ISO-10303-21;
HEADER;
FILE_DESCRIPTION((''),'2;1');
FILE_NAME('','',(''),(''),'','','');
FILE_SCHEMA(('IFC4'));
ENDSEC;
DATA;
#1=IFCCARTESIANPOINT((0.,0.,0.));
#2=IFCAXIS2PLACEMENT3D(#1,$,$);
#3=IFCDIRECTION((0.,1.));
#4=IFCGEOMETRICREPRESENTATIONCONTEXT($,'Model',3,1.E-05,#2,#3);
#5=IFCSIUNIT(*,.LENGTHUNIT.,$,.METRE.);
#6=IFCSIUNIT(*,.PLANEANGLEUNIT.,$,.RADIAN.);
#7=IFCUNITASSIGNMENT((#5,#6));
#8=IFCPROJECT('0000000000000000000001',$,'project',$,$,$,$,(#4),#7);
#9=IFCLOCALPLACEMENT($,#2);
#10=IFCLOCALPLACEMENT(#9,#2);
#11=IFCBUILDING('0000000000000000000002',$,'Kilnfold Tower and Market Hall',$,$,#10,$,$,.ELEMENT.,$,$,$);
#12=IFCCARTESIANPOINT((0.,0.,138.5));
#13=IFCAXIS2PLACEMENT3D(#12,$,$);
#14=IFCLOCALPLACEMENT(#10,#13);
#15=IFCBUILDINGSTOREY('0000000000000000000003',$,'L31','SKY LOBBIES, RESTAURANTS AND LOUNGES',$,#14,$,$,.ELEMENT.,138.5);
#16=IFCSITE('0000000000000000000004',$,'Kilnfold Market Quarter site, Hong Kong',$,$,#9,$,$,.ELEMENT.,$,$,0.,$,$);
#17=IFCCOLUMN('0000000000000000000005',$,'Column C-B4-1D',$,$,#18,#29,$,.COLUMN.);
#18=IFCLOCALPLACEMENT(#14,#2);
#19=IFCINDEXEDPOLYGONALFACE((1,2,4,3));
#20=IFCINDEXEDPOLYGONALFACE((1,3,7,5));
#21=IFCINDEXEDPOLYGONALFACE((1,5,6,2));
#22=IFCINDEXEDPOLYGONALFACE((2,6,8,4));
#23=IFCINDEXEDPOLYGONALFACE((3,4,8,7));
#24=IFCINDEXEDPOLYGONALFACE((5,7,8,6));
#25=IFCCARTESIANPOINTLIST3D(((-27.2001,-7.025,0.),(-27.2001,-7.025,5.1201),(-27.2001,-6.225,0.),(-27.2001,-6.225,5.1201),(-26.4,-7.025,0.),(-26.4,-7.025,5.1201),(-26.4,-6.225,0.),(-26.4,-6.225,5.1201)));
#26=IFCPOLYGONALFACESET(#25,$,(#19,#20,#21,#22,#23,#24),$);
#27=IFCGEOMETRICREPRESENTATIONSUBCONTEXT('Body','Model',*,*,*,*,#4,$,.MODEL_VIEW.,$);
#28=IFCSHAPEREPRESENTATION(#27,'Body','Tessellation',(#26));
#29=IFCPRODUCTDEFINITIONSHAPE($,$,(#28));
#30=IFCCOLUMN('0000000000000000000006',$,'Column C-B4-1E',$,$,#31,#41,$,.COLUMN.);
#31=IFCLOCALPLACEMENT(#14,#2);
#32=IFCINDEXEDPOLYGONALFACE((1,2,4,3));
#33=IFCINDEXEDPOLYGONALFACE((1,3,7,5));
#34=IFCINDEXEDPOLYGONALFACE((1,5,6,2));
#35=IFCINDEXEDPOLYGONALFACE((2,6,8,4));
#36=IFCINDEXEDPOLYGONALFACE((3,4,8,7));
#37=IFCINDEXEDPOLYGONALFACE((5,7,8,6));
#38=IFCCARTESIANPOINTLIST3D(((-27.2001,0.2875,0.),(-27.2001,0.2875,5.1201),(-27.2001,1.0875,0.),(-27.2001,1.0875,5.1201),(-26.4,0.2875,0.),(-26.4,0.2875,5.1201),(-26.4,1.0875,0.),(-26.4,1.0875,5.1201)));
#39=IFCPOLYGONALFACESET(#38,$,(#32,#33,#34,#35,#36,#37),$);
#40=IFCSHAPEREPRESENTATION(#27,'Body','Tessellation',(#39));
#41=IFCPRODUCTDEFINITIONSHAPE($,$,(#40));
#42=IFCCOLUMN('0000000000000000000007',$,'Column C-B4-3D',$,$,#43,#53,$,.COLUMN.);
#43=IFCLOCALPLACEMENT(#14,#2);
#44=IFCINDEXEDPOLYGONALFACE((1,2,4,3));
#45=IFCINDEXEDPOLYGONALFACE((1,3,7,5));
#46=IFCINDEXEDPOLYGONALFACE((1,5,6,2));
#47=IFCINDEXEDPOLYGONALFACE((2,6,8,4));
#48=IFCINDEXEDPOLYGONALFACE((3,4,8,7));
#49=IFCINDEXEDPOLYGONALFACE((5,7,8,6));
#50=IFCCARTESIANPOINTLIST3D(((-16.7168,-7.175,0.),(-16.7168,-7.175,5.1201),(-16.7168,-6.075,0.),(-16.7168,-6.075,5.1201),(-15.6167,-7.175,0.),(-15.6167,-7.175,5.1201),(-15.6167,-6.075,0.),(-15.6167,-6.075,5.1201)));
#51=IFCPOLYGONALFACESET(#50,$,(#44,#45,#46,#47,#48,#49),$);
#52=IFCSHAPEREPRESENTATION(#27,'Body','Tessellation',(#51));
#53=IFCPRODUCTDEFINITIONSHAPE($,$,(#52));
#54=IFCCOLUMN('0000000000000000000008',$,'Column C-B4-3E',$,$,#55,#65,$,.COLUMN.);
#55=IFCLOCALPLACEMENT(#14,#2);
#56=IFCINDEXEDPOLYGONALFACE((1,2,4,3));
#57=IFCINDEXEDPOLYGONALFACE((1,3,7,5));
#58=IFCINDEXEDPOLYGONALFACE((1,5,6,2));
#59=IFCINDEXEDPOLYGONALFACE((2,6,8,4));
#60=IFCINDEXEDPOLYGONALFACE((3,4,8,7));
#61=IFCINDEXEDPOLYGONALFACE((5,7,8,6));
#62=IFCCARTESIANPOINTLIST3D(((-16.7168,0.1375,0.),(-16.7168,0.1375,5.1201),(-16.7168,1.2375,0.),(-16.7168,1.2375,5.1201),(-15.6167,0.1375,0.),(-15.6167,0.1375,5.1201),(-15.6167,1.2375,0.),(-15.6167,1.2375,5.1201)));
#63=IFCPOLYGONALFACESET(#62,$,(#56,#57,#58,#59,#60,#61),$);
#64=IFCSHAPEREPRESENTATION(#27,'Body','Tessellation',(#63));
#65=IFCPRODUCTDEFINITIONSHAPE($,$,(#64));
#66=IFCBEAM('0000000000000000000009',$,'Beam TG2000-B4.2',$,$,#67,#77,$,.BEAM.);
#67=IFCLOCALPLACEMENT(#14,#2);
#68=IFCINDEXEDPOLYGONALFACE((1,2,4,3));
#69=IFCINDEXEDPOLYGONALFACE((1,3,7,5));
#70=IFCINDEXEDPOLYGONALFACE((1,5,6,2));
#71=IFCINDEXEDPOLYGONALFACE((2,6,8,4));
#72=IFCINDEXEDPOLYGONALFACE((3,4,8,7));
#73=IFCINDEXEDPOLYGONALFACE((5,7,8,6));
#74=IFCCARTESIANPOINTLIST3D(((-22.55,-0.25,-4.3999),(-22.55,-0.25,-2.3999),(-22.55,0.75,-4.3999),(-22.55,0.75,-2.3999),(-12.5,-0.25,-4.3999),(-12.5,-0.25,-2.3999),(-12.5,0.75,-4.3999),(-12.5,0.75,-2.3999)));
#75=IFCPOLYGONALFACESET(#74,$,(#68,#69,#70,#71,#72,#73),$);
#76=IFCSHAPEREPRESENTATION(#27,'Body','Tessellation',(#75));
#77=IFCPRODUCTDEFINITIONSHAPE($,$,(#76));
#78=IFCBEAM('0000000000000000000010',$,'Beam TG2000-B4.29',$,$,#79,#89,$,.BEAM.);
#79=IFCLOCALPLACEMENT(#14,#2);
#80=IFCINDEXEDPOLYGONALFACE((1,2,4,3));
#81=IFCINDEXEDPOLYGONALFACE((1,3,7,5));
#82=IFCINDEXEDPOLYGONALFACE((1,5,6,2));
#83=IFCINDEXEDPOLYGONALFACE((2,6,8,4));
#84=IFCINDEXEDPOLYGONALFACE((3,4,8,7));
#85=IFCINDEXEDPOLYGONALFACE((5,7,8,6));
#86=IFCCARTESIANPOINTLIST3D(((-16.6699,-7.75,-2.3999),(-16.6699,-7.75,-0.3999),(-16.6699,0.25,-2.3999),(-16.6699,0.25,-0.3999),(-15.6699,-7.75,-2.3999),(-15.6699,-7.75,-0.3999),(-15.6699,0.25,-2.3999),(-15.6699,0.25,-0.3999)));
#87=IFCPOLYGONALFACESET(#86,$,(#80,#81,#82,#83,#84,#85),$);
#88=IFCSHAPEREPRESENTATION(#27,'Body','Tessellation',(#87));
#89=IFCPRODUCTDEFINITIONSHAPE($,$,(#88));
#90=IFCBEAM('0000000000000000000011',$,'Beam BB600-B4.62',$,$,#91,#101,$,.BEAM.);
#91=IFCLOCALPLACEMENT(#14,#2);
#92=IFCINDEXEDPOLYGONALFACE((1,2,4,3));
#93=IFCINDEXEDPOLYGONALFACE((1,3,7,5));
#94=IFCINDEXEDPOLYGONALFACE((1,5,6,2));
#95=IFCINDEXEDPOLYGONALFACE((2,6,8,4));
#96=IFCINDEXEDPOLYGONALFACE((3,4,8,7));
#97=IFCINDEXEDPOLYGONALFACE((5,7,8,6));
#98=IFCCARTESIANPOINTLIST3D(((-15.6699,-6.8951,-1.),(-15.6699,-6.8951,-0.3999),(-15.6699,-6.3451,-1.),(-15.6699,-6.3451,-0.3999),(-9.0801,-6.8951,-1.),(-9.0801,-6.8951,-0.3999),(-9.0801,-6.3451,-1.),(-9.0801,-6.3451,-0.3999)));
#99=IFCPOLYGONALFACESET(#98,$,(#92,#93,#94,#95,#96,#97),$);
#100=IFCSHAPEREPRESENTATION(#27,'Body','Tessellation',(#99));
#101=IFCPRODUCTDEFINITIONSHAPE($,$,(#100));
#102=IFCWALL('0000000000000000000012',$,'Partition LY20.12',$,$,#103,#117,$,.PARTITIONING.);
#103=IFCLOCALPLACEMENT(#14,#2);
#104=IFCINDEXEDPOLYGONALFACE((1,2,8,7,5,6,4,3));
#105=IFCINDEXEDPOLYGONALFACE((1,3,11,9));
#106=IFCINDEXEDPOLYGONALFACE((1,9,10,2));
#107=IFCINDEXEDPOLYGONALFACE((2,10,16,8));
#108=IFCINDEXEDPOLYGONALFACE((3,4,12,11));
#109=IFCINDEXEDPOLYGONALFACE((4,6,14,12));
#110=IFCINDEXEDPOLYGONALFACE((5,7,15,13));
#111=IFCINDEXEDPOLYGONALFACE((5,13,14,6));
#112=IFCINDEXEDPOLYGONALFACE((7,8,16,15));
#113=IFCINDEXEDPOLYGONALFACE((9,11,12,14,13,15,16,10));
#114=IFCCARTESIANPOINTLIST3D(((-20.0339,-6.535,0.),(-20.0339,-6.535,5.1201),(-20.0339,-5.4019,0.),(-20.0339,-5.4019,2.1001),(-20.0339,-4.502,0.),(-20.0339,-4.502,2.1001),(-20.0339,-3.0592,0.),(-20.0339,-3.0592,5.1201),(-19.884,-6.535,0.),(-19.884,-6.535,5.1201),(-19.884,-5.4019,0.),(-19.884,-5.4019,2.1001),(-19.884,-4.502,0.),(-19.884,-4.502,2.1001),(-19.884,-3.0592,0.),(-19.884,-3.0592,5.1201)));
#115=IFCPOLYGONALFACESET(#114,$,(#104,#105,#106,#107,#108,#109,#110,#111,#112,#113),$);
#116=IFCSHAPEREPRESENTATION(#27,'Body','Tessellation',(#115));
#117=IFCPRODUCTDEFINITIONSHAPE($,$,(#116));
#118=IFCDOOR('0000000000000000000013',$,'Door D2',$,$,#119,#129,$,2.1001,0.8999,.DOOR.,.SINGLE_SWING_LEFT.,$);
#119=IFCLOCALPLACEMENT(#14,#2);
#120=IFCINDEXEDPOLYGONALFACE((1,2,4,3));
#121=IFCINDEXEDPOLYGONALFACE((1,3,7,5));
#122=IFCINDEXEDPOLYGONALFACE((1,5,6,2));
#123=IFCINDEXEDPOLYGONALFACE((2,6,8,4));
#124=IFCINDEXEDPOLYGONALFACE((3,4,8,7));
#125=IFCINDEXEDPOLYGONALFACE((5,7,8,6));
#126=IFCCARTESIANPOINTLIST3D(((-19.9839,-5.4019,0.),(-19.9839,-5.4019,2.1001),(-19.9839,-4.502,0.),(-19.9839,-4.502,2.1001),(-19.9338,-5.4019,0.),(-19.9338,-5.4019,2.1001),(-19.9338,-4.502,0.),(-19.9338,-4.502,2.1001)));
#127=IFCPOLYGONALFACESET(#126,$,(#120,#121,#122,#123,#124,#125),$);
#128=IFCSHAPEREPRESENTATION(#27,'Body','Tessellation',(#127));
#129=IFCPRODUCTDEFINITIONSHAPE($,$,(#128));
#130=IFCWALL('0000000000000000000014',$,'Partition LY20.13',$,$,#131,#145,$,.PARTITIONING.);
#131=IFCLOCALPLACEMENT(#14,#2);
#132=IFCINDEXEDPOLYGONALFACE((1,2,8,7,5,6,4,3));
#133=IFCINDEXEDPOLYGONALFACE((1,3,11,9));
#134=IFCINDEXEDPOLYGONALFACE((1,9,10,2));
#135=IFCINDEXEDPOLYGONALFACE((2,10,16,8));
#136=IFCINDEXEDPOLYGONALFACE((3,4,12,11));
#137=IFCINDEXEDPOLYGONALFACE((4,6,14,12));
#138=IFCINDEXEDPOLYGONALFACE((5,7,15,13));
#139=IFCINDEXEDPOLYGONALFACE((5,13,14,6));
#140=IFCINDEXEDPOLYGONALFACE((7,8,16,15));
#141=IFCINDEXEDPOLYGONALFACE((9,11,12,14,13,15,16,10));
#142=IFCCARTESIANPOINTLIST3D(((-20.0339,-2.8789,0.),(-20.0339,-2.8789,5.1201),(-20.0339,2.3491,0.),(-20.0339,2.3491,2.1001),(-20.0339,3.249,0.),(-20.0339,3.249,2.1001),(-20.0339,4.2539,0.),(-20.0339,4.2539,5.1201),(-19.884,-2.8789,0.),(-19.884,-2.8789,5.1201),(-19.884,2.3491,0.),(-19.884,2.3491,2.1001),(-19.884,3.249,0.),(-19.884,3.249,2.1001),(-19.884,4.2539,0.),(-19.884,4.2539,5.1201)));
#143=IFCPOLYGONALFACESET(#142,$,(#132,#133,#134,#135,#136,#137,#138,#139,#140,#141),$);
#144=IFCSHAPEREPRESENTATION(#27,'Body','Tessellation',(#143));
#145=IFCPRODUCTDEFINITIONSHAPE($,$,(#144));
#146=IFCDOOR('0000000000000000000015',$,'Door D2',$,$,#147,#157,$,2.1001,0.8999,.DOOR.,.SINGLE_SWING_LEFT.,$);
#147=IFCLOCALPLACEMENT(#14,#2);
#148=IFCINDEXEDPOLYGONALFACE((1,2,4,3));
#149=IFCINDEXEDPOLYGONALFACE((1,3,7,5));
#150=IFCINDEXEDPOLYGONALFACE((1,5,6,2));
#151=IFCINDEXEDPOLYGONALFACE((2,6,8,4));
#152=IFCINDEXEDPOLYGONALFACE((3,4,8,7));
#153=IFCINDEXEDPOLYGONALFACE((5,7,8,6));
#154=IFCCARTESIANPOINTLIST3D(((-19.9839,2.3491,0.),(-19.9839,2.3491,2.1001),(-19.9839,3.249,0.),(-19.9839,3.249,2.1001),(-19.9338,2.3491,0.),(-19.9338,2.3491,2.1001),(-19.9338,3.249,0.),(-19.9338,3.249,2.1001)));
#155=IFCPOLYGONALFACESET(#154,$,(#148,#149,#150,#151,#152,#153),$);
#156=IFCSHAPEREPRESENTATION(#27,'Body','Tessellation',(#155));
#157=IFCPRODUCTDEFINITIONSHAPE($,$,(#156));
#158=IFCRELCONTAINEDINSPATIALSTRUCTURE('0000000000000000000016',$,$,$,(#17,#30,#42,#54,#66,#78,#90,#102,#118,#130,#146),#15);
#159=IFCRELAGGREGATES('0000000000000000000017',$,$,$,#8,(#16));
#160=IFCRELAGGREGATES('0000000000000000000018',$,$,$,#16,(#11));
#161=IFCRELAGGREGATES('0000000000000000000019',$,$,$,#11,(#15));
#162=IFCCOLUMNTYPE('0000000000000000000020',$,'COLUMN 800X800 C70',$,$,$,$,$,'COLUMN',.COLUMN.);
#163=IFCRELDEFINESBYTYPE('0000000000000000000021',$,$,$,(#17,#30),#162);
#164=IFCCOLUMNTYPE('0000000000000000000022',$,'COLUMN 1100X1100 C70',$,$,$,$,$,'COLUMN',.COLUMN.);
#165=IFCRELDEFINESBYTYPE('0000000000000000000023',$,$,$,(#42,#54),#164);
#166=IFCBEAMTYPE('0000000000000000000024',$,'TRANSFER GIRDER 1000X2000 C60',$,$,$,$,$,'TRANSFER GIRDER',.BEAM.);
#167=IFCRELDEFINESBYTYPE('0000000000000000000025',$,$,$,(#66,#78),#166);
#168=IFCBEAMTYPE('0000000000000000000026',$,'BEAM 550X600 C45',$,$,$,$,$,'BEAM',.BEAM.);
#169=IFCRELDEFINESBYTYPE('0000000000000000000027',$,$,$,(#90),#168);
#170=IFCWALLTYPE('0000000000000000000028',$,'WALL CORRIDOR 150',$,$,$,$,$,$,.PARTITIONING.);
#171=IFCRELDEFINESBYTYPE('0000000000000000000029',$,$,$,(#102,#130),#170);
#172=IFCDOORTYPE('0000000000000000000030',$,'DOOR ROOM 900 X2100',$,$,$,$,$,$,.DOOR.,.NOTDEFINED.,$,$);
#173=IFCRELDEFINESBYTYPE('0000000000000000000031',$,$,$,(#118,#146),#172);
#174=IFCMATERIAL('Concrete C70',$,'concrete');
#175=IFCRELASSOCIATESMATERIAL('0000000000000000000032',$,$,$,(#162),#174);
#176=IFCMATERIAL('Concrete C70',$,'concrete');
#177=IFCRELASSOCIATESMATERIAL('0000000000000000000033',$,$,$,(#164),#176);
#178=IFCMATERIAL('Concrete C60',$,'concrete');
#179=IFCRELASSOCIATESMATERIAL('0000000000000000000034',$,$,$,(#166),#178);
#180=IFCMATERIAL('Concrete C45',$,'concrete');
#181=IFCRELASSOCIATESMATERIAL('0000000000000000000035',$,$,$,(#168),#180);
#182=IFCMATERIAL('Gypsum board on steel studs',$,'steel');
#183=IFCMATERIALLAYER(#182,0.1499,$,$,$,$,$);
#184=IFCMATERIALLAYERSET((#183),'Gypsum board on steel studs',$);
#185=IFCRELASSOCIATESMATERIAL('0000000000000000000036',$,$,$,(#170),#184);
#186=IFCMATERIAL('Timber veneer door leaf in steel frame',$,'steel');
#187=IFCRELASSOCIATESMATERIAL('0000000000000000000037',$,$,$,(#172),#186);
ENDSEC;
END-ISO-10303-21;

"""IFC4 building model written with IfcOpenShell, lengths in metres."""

from ifc_helpers import new_model, si_unit, direction, frame, frame_2d, origin, origin_2d, place, context, subcontext, project, spatial, rectangle, extrude, source, transform, mapped, material, layer, layer_set, material_profile, profile_set, type_object, element, fill, save


model = new_model("IFC4")

# Units and contexts
model_context = context("Model", 3, precision=1e-05, world=origin(), true_north=direction((0.0, 1.0)))
body_context = subcontext(model_context, "Body", "Model", "MODEL_VIEW")
ifc_project = project(units=[si_unit("LENGTHUNIT", "METRE"), si_unit("PLANEANGLEUNIT", "RADIAN")], contexts=[model_context])

# Site, building, storey
site_placement = place(None, origin())
site = spatial("IfcSite", under=ifc_project, at=site_placement, Name="Kilnfold Market Quarter site, Hong Kong", CompositionType="ELEMENT", RefElevation=0.0)
building_placement = place(site_placement, origin())
building = spatial("IfcBuilding", under=site, at=building_placement, Name="Kilnfold Tower and Market Hall", CompositionType="ELEMENT")
storey_placement = place(building_placement, frame((0.0, 0.0, 138.5)))
storey = spatial("IfcBuildingStorey", under=building, at=storey_placement, Name="L31", Description="SKY LOBBIES, RESTAURANTS AND LOUNGES", CompositionType="ELEMENT", Elevation=138.5)

# Columns
ifc_material_1 = material(Name="Concrete C70", Category="concrete")
ifc_material_profile_1 = material_profile(ifc_material_1, rectangle(XDim=0.8, YDim=0.8, at=origin_2d()), Name="RC 800x800")
ifc_profile_set_1 = profile_set([ifc_material_profile_1], Name="Concrete C70")
column_type_1 = type_object("IfcColumnType", Name="COLUMN 800X800 C70", ElementType="COLUMN", PredefinedType="COLUMN", material=ifc_profile_set_1)
shared_shape_1 = source(origin(), body_context, "Body", "SweptSolid", [
    extrude(rectangle(XDim=0.8, YDim=0.8, at=origin_2d()), origin(), (0.0, 0.0, 1.0), 5.1201),
])
for number, where, z_axis, x_axis, name in (
    (1, (-26.8, -6.625, 0.0), (0.0, 0.0, 1.0), (1.0, 0.0, 0.0), "Column C-B4-1D"),
    (2, (-26.8, 0.6875, 0.0), (0.0, 0.0, 1.0), (1.0, 0.0, 0.0), "Column C-B4-1E"),
):
    element("IfcColumn", number, at=place(storey_placement, frame(where, z_axis=z_axis, x_axis=x_axis)), inside=storey, type_object=column_type_1, Name=name, PredefinedType="COLUMN", context=body_context, shape_type="MappedRepresentation", body=[
        mapped(shared_shape_1, transform((0.0, 0.0, 0.0))),
    ])
ifc_material_2 = material(Name="Concrete C70", Category="concrete")
ifc_material_profile_2 = material_profile(ifc_material_2, rectangle(XDim=1.1001, YDim=1.1001, at=origin_2d()), Name="RC 1100x1100")
ifc_profile_set_2 = profile_set([ifc_material_profile_2], Name="Concrete C70")
column_type_2 = type_object("IfcColumnType", Name="COLUMN 1100X1100 C70", ElementType="COLUMN", PredefinedType="COLUMN", material=ifc_profile_set_2)
shared_shape_2 = source(origin(), body_context, "Body", "SweptSolid", [
    extrude(rectangle(XDim=1.1001, YDim=1.1001, at=origin_2d()), origin(), (0.0, 0.0, 1.0), 5.1201),
])
for number, where, z_axis, x_axis, name in (
    (3, (-16.1667, -6.625, 0.0), (0.0, 0.0, 1.0), (1.0, 0.0, 0.0), "Column C-B4-3D"),
    (4, (-16.1667, 0.6875, 0.0), (0.0, 0.0, 1.0), (1.0, 0.0, 0.0), "Column C-B4-3E"),
):
    element("IfcColumn", number, at=place(storey_placement, frame(where, z_axis=z_axis, x_axis=x_axis)), inside=storey, type_object=column_type_2, Name=name, PredefinedType="COLUMN", context=body_context, shape_type="MappedRepresentation", body=[
        mapped(shared_shape_2, transform((0.0, 0.0, 0.0))),
    ])

# Beams
ifc_material_3 = material(Name="Concrete C60", Category="concrete")
ifc_material_profile_3 = material_profile(ifc_material_3, rectangle(XDim=1.0, YDim=2.0, at=origin_2d()), Name="RC 1000x2000")
ifc_profile_set_3 = profile_set([ifc_material_profile_3], Name="Concrete C60")
beam_type_1 = type_object("IfcBeamType", Name="TRANSFER GIRDER 1000X2000 C60", ElementType="TRANSFER GIRDER", PredefinedType="BEAM", material=ifc_profile_set_3)
shared_shape_3 = source(origin(), body_context, "Body", "SweptSolid", [
    extrude(rectangle(XDim=1.0, YDim=2.0, at=origin_2d()), origin(), (0.0, 0.0, 1.0), 10.05),
])
beam_1_placement = place(storey_placement, frame((-22.55, 0.25, -3.3999), z_axis=(1.0, 0.0, 0.0), x_axis=(0.0, 1.0, 0.0)))
element("IfcBeam", 5, at=beam_1_placement, inside=storey, type_object=beam_type_1, Name="Beam TG2000-B4.2", PredefinedType="BEAM", context=body_context, shape_type="MappedRepresentation", body=[
    mapped(shared_shape_3, transform((0.0, 0.0, 0.0))),
])
shared_shape_4 = source(origin(), body_context, "Body", "SweptSolid", [
    extrude(rectangle(XDim=1.0, YDim=2.0, at=origin_2d()), origin(), (0.0, 0.0, 1.0), 8.0),
])
beam_2_placement = place(storey_placement, frame((-16.1699, -7.75, -1.3999), z_axis=(0.0, 1.0, 0.0), x_axis=(-1.0, 0.0, 0.0)))
element("IfcBeam", 6, at=beam_2_placement, inside=storey, type_object=beam_type_1, Name="Beam TG2000-B4.29", PredefinedType="BEAM", context=body_context, shape_type="MappedRepresentation", body=[
    mapped(shared_shape_4, transform((0.0, 0.0, 0.0))),
])
ifc_material_4 = material(Name="Concrete C45", Category="concrete")
ifc_material_profile_4 = material_profile(ifc_material_4, rectangle(XDim=0.55, YDim=0.6001, at=origin_2d()), Name="RC 550x600")
ifc_profile_set_4 = profile_set([ifc_material_profile_4], Name="Concrete C45")
beam_type_2 = type_object("IfcBeamType", Name="BEAM 550X600 C45", ElementType="BEAM", PredefinedType="BEAM", material=ifc_profile_set_4)
shared_shape_5 = source(origin(), body_context, "Body", "SweptSolid", [
    extrude(rectangle(XDim=0.55, YDim=0.6001, at=origin_2d()), origin(), (0.0, 0.0, 1.0), 6.5898),
])
beam_3_placement = place(storey_placement, frame((-15.6699, -6.6201, -0.7), z_axis=(1.0, 0.0, 0.0), x_axis=(0.0, 1.0, 0.0)))
element("IfcBeam", 7, at=beam_3_placement, inside=storey, type_object=beam_type_2, Name="Beam BB600-B4.62", PredefinedType="BEAM", context=body_context, shape_type="MappedRepresentation", body=[
    mapped(shared_shape_5, transform((0.0, 0.0, 0.0))),
])

# Shared definitions
ifc_material_5 = material(Name="Gypsum board on steel studs", Category="steel")
ifc_layer_1 = layer(ifc_material_5, 0.1499)
ifc_layer_set_1 = layer_set([ifc_layer_1], Name="Gypsum board on steel studs")
wall_type_1 = type_object("IfcWallType", Name="WALL CORRIDOR 150", PredefinedType="PARTITIONING", material=ifc_layer_set_1)

# Walls, openings, doors
wall_1_placement = place(storey_placement, frame((-19.959, -6.5349, 0.0), z_axis=(0.0, 0.0, 1.0), x_axis=(0.0, 1.0, 0.0)))
wall_1 = element("IfcWall", 8, at=wall_1_placement, inside=storey, type_object=wall_type_1, Name="Partition LY20.12", PredefinedType="PARTITIONING", context=body_context, shape_type="SweptSolid", body=[
    extrude(rectangle(XDim=3.4758, YDim=0.1499, at=frame_2d((1.7378, 0.0))), origin(), (0.0, 0.0, 1.0), 5.1201),
])
opening_1_placement = place(wall_1_placement, frame((1.1331, 0.0, 0.0)))
opening_1 = element("IfcOpeningElement", 9, at=opening_1_placement, cuts=wall_1, PredefinedType="OPENING", context=body_context, shape_type="SweptSolid", body=[
    extrude(rectangle(XDim=0.8999, YDim=2.1001, at=frame_2d((0.45, 1.05))), frame((0.0, 0.085, 0.0), z_axis=(0.0, -1.0, 0.0), x_axis=(1.0, 0.0, 0.0)), (0.0, 0.0, 1.0), 0.1699),
])
ifc_material_6 = material(Name="Timber veneer door leaf in steel frame", Category="steel")
door_type_1 = type_object("IfcDoorType", Name="DOOR ROOM 900 X2100", OperationType="NOTDEFINED", PredefinedType="DOOR", material=ifc_material_6)
door_1_placement = place(opening_1_placement, origin())
door_1 = element("IfcDoor", 10, at=door_1_placement, inside=storey, type_object=door_type_1, Name="Door D2", OperationType="SINGLE_SWING_LEFT", OverallHeight=2.1001, OverallWidth=0.8999, PredefinedType="DOOR", context=body_context, shape_type="SweptSolid", body=[
    extrude(rectangle(XDim=0.8999, YDim=2.1001, at=frame_2d((0.45, 1.05))), frame((0.0, 0.0249, 0.0), z_axis=(0.0, -1.0, 0.0), x_axis=(1.0, 0.0, 0.0)), (0.0, 0.0, 1.0), 0.05),
])
fill(opening_1, door_1)
wall_2_placement = place(storey_placement, frame((-19.959, -2.8789, 0.0), z_axis=(0.0, 0.0, 1.0), x_axis=(0.0, 1.0, 0.0)))
wall_2 = element("IfcWall", 11, at=wall_2_placement, inside=storey, type_object=wall_type_1, Name="Partition LY20.13", PredefinedType="PARTITIONING", context=body_context, shape_type="SweptSolid", body=[
    extrude(rectangle(XDim=7.1328, YDim=0.1499, at=frame_2d((3.5664, 0.0))), origin(), (0.0, 0.0, 1.0), 5.1201),
])
opening_2_placement = place(wall_2_placement, frame((5.228, 0.0, 0.0)))
opening_2 = element("IfcOpeningElement", 12, at=opening_2_placement, cuts=wall_2, PredefinedType="OPENING", context=body_context, shape_type="SweptSolid", body=[
    extrude(rectangle(XDim=0.8999, YDim=2.1001, at=frame_2d((0.45, 1.05))), frame((0.0, 0.085, 0.0), z_axis=(0.0, -1.0, 0.0), x_axis=(1.0, 0.0, 0.0)), (0.0, 0.0, 1.0), 0.1699),
])
door_2_placement = place(opening_2_placement, origin())
door_2 = element("IfcDoor", 13, at=door_2_placement, inside=storey, type_object=door_type_1, Name="Door D2", OperationType="SINGLE_SWING_LEFT", OverallHeight=2.1001, OverallWidth=0.8999, PredefinedType="DOOR", context=body_context, shape_type="SweptSolid", body=[
    extrude(rectangle(XDim=0.8999, YDim=2.1001, at=frame_2d((0.45, 1.05))), frame((0.0, 0.0249, 0.0), z_axis=(0.0, -1.0, 0.0), x_axis=(1.0, 0.0, 0.0)), (0.0, 0.0, 1.0), 0.05),
])
fill(opening_2, door_2)

save(model, "model.ifc")
